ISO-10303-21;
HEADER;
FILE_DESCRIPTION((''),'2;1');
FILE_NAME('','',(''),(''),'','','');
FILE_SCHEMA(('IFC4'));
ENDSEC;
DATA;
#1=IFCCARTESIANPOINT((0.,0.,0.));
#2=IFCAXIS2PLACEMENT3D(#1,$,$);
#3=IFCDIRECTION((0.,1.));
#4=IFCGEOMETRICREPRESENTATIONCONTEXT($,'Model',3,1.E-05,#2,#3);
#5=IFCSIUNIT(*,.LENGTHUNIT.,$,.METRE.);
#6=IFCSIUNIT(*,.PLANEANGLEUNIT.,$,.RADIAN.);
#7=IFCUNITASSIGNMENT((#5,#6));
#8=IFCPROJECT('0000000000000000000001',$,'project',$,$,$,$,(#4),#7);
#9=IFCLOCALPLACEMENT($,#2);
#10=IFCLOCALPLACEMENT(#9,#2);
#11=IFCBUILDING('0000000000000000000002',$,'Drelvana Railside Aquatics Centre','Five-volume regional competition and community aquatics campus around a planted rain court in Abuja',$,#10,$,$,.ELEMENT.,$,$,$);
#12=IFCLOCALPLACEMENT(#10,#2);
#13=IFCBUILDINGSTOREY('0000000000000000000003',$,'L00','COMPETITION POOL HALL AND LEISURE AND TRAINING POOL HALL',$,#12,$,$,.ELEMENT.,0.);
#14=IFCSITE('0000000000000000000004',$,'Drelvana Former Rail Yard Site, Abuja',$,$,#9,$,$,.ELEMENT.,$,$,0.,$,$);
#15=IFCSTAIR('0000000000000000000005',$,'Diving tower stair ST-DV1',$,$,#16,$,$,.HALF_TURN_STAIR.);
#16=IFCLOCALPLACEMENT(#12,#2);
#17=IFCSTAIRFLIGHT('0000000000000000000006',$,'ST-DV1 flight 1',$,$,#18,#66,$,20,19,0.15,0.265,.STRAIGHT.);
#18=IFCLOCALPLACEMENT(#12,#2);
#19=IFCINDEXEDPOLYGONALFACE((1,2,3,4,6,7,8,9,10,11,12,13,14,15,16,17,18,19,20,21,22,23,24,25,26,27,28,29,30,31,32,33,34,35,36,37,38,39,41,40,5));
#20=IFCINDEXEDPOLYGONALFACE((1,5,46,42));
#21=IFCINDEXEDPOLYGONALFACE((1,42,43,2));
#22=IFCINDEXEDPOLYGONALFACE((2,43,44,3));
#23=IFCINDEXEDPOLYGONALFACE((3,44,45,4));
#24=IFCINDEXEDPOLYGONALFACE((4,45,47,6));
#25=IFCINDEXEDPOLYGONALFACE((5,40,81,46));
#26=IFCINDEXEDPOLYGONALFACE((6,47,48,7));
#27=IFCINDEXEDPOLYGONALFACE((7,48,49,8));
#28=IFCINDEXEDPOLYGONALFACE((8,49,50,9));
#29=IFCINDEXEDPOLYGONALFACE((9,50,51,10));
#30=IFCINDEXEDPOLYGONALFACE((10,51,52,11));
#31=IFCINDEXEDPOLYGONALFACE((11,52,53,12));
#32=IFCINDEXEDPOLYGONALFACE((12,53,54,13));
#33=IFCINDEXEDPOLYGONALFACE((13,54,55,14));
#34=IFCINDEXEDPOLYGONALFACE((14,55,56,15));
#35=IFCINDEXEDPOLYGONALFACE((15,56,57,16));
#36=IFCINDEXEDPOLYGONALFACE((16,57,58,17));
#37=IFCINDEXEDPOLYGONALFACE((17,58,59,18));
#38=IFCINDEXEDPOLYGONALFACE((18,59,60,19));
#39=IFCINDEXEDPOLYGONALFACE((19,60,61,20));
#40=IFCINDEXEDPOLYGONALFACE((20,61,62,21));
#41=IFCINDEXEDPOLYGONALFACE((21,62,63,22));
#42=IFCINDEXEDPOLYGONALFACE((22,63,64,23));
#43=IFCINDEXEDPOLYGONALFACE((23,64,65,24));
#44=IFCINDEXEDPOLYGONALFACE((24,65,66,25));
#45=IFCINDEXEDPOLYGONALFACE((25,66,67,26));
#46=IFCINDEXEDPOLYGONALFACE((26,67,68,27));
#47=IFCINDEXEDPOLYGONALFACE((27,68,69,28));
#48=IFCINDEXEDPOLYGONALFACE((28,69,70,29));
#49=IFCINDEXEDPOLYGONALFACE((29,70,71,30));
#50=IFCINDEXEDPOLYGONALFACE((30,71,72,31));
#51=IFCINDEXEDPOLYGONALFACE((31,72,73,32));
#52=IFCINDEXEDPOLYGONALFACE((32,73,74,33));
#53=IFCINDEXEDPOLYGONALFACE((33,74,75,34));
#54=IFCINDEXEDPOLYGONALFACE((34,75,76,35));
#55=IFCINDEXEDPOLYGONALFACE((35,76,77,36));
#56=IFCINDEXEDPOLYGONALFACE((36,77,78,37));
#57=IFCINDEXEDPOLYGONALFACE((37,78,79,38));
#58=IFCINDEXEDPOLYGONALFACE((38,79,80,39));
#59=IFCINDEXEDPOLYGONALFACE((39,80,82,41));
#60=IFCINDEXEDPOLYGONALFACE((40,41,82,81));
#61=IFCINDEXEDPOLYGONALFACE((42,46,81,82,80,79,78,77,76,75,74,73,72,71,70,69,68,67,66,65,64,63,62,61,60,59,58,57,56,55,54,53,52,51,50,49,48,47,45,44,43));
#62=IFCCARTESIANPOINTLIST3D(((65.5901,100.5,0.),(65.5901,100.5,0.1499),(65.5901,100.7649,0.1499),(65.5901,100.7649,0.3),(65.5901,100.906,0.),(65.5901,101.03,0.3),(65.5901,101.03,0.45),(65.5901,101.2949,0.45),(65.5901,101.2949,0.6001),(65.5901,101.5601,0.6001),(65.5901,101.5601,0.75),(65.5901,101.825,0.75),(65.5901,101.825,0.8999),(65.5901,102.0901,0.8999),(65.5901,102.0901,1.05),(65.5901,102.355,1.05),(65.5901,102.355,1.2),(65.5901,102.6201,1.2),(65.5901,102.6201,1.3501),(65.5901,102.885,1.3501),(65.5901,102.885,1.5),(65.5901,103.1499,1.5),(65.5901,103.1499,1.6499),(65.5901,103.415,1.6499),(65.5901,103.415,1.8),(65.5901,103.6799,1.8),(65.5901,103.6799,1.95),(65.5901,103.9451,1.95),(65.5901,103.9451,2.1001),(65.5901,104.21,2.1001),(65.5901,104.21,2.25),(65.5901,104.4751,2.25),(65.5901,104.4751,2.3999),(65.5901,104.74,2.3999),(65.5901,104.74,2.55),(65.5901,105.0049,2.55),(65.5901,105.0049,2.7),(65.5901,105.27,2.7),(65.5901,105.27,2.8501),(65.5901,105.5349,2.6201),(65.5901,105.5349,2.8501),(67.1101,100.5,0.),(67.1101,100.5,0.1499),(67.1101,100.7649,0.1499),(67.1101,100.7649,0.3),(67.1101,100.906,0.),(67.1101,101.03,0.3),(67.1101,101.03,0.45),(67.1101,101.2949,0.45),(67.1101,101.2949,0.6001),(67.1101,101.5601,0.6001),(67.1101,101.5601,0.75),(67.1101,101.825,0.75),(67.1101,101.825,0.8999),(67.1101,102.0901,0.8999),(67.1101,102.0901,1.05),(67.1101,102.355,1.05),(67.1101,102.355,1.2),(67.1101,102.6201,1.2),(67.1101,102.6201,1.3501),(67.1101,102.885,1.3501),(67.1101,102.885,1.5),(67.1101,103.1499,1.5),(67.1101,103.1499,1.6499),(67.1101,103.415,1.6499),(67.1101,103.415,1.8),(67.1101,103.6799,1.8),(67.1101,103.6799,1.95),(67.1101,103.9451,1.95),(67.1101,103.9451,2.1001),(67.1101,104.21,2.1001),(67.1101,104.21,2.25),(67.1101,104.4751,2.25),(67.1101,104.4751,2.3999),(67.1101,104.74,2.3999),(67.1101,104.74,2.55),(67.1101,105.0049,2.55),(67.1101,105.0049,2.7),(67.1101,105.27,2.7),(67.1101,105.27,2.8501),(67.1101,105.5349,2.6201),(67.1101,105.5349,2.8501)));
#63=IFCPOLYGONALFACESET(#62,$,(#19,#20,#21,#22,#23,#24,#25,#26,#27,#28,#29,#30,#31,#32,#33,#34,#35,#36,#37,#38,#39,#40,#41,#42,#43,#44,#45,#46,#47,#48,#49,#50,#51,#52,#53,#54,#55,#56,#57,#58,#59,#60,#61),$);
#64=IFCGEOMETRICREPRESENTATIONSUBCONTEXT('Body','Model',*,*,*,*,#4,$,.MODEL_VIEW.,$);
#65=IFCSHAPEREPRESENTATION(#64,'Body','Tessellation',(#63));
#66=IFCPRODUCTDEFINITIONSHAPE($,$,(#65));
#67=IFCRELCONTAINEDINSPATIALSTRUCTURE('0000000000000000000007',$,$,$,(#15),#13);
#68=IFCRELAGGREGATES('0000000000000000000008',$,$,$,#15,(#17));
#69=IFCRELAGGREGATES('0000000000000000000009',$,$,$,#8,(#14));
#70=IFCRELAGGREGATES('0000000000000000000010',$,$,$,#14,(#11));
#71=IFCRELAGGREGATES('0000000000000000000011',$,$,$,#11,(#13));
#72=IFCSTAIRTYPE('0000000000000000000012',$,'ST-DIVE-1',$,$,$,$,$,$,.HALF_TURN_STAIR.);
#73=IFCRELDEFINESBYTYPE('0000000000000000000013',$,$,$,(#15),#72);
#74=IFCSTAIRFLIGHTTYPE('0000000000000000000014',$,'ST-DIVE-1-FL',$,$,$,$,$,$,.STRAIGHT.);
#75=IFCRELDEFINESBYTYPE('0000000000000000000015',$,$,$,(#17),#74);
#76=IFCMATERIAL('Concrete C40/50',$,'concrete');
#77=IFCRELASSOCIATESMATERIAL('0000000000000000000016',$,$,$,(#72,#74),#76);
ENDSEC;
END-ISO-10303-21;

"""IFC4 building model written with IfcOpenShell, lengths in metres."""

from ifc_helpers import new_model, si_unit, direction, frame, origin, place, context, subcontext, project, spatial, polyline, outline, extrude, material, type_object, element, aggregate, save


model = new_model("IFC4")

# Units and contexts
model_context = context("Model", 3, precision=1e-05, world=origin(), true_north=direction((0.0, 1.0)))
body_context = subcontext(model_context, "Body", "Model", "MODEL_VIEW")
ifc_project = project(units=[si_unit("LENGTHUNIT", "METRE"), si_unit("PLANEANGLEUNIT", "RADIAN")], contexts=[model_context])

# Site, building, storey
site_placement = place(None, origin())
site = spatial("IfcSite", under=ifc_project, at=site_placement, Name="Drelvana Former Rail Yard Site, Abuja", CompositionType="ELEMENT", RefElevation=0.0)
building_placement = place(site_placement, origin())
building = spatial("IfcBuilding", under=site, at=building_placement, Name="Drelvana Railside Aquatics Centre", Description="Five-volume regional competition and community aquatics campus around a planted rain court in Abuja", CompositionType="ELEMENT")
storey_placement = place(building_placement, origin())
storey = spatial("IfcBuildingStorey", under=building, at=storey_placement, Name="L00", Description="COMPETITION POOL HALL AND LEISURE AND TRAINING POOL HALL", CompositionType="ELEMENT", Elevation=0.0)

# Shared definitions
ifc_material_1 = material(Name="Concrete C40/50", Category="concrete")

# Stair, stair flight
stair_type = type_object("IfcStairType", Name="ST-DIVE-1", PredefinedType="HALF_TURN_STAIR", material=ifc_material_1)
stair_placement = place(storey_placement, origin())
stair = element("IfcStair", 1, at=stair_placement, inside=storey, type_object=stair_type, Name="Diving tower stair ST-DV1", PredefinedType="HALF_TURN_STAIR")
stair_flight_type = type_object("IfcStairFlightType", Name="ST-DIVE-1-FL", PredefinedType="STRAIGHT", material=ifc_material_1)
stair_flight_placement = place(storey_placement, frame((66.3501, 100.5, 0.0), z_axis=(0.0, 0.0, 1.0), x_axis=(0.0, 1.0, 0.0)))
stair_flight = element("IfcStairFlight", 2, at=stair_flight_placement, type_object=stair_flight_type, Name="ST-DV1 flight 1", NumberOfRisers=20, NumberOfTreads=19, PredefinedType="STRAIGHT", RiserHeight=0.15, TreadLength=0.265, context=body_context, shape_type="SweptSolid", body=[
    extrude(outline(polyline([(0.0, 0.0), (0.0, 0.1499), (0.2649, 0.1499), (0.2649, 0.3), (0.53, 0.3), (0.53, 0.45), (0.7949, 0.45), (0.7949, 0.6001), (1.0601, 0.6001), (1.0601, 0.75), (1.325, 0.75), (1.325, 0.8999), (1.5901, 0.8999), (1.5901, 1.05), (1.855, 1.05), (1.855, 1.2), (2.1201, 1.2), (2.1201, 1.3501), (2.385, 1.3501), (2.385, 1.5), (2.6499, 1.5), (2.6499, 1.6499), (2.915, 1.6499), (2.915, 1.8), (3.1799, 1.8), (3.1799, 1.95), (3.4451, 1.95), (3.4451, 2.1001), (3.71, 2.1001), (3.71, 2.25), (3.9751, 2.25), (3.9751, 2.3999), (4.24, 2.3999), (4.24, 2.55), (4.5049, 2.55), (4.5049, 2.7), (4.77, 2.7), (4.77, 2.8501), (5.0349, 2.8501), (5.0349, 3.0), (5.0349, 2.6201), (0.406, 0.0), (0.0, 0.0)])), frame((0.0, 0.76, 0.0), z_axis=(0.0, -1.0, 0.0), x_axis=(1.0, 0.0, 0.0)), (0.0, 0.0, 1.0), 1.52),
])
aggregate(stair, [stair_flight])

save(model, "model.ifc")
